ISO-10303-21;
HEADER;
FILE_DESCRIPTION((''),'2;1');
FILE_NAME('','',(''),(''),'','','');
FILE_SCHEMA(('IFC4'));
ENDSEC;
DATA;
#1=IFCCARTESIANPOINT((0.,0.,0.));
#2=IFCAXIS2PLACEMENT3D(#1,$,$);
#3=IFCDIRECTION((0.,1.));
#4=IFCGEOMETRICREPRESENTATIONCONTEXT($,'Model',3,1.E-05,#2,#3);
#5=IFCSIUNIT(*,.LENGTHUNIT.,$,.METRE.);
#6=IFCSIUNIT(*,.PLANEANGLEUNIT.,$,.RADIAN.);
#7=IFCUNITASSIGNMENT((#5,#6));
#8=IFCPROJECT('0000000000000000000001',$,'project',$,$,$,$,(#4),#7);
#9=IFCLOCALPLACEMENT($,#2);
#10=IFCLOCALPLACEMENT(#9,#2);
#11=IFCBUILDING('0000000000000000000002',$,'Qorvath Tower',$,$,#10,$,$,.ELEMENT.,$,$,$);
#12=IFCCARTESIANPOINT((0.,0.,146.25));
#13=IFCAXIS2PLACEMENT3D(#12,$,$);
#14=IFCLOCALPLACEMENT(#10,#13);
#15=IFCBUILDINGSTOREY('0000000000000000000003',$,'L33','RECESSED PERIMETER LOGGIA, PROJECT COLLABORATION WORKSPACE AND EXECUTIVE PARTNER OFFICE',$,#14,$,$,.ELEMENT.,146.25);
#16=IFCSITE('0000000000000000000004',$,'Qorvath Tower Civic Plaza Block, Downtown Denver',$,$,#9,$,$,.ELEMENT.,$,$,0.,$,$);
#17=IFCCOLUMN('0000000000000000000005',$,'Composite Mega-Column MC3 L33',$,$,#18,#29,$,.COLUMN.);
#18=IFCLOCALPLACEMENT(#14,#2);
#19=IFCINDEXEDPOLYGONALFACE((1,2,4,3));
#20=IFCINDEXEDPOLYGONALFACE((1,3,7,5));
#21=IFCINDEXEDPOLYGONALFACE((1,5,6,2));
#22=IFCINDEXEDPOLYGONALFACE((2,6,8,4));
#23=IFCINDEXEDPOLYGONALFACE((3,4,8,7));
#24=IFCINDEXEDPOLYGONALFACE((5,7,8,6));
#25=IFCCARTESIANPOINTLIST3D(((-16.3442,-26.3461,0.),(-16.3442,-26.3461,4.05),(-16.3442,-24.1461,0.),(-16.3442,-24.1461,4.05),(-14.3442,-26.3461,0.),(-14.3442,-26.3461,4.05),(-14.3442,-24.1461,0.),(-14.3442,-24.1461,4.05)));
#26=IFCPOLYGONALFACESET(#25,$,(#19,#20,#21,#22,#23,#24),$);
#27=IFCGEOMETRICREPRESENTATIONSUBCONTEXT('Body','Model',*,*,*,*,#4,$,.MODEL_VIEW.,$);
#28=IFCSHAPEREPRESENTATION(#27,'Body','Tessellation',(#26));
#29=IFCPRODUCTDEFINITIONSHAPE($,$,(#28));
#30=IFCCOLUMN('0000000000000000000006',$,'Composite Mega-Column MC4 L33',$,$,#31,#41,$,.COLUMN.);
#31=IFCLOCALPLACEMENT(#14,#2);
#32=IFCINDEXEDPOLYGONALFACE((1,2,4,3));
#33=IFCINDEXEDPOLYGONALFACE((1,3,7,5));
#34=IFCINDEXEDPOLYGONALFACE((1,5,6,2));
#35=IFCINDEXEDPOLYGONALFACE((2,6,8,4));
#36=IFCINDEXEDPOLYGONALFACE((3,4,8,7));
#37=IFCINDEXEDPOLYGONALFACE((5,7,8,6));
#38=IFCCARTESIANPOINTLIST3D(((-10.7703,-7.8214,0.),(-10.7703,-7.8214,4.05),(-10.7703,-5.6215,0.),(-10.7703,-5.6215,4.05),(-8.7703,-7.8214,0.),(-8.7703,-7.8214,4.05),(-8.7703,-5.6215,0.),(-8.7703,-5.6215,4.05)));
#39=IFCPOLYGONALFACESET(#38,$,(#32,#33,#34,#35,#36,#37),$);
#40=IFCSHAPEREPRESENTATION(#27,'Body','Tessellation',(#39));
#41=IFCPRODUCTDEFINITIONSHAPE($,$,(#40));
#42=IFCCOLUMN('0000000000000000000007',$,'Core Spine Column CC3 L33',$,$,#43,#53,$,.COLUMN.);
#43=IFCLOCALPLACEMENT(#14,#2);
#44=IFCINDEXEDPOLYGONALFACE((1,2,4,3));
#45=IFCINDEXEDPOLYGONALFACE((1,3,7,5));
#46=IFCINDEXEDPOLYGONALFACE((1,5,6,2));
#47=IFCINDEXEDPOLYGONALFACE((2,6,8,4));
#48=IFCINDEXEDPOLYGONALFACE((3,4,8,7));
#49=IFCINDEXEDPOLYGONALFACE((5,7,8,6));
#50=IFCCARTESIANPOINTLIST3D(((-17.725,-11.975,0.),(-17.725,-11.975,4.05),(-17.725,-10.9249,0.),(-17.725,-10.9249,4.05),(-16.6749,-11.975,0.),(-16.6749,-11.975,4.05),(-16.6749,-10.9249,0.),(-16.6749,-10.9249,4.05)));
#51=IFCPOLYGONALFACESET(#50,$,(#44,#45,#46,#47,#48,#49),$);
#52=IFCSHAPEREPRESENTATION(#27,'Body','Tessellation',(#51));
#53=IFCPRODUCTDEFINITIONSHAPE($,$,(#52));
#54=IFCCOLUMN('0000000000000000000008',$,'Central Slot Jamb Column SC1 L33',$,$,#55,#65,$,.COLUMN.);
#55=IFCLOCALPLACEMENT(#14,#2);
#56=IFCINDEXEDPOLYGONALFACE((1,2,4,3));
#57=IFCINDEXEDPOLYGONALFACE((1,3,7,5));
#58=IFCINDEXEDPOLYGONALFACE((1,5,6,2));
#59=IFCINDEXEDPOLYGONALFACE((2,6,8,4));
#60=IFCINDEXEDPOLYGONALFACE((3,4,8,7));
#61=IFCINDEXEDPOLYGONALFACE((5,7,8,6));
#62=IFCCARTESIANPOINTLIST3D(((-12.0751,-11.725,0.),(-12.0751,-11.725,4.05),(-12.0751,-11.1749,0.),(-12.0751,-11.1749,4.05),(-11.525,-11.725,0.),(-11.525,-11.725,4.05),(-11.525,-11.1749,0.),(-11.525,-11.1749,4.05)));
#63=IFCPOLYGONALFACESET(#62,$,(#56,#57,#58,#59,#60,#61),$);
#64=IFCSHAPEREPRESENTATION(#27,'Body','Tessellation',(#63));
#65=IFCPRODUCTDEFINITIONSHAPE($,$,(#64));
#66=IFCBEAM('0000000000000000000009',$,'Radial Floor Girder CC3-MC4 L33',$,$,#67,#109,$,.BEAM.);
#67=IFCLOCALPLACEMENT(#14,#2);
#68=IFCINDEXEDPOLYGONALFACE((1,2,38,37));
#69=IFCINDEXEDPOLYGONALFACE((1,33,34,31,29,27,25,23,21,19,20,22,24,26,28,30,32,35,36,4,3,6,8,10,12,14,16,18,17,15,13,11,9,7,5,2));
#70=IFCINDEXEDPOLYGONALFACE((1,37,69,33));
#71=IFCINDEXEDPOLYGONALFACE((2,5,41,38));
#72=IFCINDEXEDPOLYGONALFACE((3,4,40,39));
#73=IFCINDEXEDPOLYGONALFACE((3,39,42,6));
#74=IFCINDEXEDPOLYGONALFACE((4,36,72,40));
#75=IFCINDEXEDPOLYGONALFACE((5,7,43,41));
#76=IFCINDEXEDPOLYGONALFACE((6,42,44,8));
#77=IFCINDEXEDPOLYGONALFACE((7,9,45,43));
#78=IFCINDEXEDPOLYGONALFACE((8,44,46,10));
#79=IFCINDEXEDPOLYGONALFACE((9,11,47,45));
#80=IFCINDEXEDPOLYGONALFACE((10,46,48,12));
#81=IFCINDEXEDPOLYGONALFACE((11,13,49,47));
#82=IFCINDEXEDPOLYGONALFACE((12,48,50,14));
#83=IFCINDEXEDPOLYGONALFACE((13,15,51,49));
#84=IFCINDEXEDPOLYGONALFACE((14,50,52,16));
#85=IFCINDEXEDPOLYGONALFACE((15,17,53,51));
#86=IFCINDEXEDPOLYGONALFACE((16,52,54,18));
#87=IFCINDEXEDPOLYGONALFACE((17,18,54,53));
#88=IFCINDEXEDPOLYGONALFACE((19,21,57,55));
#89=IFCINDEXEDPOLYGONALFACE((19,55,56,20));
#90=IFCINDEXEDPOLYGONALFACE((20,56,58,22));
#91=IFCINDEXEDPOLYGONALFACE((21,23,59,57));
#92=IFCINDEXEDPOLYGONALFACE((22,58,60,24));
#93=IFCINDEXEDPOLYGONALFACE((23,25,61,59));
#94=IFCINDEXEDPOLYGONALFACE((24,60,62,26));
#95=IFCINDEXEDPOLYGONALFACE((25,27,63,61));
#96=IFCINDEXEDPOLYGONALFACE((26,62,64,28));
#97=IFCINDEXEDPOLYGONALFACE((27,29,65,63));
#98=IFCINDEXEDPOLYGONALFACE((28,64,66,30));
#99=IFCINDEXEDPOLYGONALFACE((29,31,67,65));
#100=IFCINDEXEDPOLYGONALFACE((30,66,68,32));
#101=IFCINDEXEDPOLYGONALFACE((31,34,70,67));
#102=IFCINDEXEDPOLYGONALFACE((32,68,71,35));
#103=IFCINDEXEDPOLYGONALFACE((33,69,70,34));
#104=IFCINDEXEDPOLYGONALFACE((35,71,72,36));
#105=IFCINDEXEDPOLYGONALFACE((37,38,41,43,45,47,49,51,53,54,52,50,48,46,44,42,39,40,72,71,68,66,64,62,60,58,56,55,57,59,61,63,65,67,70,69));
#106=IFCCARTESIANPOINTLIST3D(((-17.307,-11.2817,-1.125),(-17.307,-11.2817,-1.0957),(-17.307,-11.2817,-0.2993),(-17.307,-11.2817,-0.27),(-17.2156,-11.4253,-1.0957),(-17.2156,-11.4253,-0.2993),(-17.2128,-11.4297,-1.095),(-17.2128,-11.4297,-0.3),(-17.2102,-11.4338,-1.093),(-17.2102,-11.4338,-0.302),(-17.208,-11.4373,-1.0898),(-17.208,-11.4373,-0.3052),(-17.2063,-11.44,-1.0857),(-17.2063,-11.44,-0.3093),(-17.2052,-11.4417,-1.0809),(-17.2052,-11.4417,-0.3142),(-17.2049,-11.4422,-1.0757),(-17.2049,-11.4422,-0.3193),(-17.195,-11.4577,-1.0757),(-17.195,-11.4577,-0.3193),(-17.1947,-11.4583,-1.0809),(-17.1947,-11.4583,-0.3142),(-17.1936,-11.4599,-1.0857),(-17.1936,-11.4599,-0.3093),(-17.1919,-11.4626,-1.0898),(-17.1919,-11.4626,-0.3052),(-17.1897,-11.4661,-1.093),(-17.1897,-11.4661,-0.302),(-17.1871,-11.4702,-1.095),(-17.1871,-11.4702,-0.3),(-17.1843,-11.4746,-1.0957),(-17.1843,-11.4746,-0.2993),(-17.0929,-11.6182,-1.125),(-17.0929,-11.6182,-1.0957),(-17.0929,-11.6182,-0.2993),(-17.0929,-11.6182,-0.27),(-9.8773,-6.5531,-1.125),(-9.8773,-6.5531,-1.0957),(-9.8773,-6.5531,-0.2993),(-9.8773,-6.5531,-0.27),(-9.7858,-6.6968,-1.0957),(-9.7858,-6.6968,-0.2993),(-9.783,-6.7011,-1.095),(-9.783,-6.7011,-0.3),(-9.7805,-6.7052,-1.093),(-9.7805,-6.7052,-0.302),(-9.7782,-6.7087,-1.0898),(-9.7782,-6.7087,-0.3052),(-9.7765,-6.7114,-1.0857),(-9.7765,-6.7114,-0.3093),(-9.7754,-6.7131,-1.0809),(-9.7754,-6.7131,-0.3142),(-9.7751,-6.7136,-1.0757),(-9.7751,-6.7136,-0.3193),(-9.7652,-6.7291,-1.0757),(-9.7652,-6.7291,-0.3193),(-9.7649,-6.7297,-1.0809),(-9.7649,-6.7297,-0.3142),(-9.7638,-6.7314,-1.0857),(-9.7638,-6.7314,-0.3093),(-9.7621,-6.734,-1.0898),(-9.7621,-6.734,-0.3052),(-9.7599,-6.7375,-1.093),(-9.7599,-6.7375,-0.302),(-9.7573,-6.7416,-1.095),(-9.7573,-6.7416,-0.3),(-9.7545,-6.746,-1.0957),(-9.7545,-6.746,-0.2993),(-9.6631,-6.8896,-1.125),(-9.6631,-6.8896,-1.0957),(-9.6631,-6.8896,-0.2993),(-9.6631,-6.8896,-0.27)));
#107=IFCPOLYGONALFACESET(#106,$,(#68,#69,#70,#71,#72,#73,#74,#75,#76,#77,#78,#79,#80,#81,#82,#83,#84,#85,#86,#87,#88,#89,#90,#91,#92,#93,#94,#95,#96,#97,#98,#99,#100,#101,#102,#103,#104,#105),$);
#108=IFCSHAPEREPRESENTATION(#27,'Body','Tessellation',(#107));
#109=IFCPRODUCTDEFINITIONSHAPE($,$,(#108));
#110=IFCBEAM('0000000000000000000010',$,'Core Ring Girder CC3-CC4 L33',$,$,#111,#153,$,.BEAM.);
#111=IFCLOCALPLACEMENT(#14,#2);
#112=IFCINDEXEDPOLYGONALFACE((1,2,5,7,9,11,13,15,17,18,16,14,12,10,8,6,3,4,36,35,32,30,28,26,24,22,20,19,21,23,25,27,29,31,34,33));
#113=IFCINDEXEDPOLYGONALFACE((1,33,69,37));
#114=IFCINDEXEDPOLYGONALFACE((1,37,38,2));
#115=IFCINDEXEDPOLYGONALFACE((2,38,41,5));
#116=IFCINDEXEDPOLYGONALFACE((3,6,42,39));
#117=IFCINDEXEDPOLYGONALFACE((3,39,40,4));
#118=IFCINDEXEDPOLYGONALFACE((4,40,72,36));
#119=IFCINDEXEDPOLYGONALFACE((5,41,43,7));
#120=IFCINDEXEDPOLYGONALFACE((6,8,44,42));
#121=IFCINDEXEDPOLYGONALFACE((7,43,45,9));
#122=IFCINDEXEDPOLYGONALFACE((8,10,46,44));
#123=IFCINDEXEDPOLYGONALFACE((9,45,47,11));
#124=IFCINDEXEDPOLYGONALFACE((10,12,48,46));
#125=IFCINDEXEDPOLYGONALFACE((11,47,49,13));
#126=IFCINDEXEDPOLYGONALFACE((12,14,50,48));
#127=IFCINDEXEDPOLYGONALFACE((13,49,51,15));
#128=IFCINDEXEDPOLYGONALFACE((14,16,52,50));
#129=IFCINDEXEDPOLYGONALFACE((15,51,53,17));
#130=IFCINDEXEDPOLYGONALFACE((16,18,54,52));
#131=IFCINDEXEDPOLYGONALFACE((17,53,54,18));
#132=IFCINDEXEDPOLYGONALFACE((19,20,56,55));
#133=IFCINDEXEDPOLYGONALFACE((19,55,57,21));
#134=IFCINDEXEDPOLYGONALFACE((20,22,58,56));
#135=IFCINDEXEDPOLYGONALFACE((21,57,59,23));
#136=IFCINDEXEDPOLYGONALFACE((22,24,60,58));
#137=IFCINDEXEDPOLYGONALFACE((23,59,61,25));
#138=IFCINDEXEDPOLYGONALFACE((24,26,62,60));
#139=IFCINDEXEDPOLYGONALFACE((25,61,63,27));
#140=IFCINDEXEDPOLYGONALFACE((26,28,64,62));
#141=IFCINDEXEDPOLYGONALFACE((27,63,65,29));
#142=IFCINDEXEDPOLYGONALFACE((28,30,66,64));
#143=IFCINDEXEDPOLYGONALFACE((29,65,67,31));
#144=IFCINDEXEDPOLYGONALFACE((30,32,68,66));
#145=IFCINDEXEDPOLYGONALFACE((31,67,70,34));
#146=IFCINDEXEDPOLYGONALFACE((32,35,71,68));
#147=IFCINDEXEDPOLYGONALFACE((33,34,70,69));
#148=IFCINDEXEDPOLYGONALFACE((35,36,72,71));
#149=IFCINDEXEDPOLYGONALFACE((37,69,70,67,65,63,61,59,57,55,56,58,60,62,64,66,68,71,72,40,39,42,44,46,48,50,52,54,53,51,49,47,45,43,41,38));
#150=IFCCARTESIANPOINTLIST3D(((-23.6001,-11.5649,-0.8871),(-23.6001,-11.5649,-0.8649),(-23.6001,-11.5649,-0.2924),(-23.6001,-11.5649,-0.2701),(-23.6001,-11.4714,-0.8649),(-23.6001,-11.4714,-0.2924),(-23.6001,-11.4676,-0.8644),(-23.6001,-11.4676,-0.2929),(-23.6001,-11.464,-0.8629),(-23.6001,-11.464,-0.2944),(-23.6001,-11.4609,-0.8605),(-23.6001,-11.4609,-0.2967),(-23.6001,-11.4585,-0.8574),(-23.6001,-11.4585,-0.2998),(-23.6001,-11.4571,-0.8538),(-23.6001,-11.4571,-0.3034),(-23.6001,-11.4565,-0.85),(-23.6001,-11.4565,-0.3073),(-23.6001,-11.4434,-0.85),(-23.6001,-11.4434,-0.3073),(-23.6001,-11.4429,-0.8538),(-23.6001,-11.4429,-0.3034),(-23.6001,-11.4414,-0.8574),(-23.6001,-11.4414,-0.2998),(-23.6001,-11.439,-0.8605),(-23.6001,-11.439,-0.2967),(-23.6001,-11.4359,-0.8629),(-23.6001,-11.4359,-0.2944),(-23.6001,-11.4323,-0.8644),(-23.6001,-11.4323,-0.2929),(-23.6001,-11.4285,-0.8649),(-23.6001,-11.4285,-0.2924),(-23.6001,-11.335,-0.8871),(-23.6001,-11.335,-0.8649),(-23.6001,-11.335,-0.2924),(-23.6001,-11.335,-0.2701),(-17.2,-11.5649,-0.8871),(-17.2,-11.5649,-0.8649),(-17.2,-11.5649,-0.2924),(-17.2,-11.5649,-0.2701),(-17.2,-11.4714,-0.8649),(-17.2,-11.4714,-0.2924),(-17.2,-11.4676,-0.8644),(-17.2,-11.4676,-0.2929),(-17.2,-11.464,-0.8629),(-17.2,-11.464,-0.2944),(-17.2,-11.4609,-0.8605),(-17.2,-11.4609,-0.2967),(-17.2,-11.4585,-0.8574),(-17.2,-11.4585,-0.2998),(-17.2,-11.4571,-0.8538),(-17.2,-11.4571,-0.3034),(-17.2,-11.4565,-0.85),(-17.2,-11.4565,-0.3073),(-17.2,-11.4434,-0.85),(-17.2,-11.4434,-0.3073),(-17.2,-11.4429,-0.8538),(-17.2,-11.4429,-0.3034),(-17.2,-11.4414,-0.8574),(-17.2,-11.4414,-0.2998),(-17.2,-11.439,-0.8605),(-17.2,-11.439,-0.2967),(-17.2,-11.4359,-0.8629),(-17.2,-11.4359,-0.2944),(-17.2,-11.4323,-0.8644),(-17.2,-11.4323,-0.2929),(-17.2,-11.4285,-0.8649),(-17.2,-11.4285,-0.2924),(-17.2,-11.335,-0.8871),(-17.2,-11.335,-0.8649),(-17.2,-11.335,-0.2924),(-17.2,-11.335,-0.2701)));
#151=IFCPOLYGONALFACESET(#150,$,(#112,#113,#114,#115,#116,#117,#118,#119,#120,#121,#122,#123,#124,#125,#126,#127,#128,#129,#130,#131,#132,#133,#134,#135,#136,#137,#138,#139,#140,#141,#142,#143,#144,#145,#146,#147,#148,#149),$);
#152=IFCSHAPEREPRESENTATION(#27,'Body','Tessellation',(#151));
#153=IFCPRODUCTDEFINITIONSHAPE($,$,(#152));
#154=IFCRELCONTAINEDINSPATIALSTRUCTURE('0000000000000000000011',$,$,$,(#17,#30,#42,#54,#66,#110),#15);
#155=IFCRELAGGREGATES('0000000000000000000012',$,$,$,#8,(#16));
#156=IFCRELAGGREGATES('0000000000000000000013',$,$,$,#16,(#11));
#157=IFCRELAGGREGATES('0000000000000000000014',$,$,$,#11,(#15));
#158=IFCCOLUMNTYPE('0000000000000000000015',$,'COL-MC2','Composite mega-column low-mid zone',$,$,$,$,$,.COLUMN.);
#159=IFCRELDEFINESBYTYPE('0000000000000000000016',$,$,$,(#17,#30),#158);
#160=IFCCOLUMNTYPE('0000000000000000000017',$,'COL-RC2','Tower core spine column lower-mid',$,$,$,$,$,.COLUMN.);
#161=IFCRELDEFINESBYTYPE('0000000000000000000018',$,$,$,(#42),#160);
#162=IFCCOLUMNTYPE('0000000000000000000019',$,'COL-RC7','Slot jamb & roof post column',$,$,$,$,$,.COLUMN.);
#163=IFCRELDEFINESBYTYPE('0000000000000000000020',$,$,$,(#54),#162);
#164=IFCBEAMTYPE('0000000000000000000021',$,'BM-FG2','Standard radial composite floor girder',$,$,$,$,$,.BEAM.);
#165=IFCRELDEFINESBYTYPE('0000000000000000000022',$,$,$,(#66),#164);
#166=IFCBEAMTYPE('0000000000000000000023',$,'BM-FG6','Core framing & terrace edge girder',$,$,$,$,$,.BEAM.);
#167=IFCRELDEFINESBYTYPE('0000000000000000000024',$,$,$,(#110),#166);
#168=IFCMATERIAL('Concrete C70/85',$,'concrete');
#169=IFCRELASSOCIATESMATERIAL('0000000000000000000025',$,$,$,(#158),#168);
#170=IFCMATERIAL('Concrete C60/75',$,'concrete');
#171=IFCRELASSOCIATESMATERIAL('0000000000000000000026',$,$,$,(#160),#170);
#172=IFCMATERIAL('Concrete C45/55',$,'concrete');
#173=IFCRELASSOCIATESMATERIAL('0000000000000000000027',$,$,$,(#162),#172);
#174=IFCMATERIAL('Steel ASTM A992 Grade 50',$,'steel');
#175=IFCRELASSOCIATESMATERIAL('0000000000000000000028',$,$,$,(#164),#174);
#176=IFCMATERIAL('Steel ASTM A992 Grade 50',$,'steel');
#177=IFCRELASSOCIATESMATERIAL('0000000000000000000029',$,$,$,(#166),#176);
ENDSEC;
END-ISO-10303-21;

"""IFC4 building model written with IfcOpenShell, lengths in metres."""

from ifc_helpers import new_model, si_unit, direction, frame, origin, origin_2d, place, context, subcontext, project, spatial, rectangle, i_section, extrude, material, material_profile, profile_set, type_object, element, save


model = new_model("IFC4")

# Units and contexts
model_context = context("Model", 3, precision=1e-05, world=origin(), true_north=direction((0.0, 1.0)))
body_context = subcontext(model_context, "Body", "Model", "MODEL_VIEW")
ifc_project = project(units=[si_unit("LENGTHUNIT", "METRE"), si_unit("PLANEANGLEUNIT", "RADIAN")], contexts=[model_context])

# Site, building, storey
site_placement = place(None, origin())
site = spatial("IfcSite", under=ifc_project, at=site_placement, Name="Qorvath Tower Civic Plaza Block, Downtown Denver", CompositionType="ELEMENT", RefElevation=0.0)
building_placement = place(site_placement, origin())
building = spatial("IfcBuilding", under=site, at=building_placement, Name="Qorvath Tower", CompositionType="ELEMENT")
storey_placement = place(building_placement, frame((0.0, 0.0, 146.25)))
storey = spatial("IfcBuildingStorey", under=building, at=storey_placement, Name="L33", Description="RECESSED PERIMETER LOGGIA, PROJECT COLLABORATION WORKSPACE AND EXECUTIVE PARTNER OFFICE", CompositionType="ELEMENT", Elevation=146.25)

# Columns
ifc_material_1 = material(Name="Concrete C70/85", Category="concrete")
ifc_material_profile_1 = material_profile(ifc_material_1, rectangle(XDim=2.0, YDim=2.2, at=origin_2d()), Name="MC 2200x2000")
ifc_profile_set_1 = profile_set([ifc_material_profile_1], Name="Concrete C70/85")
column_type_1 = type_object("IfcColumnType", Name="COL-MC2", Description="Composite mega-column low-mid zone", PredefinedType="COLUMN", material=ifc_profile_set_1)
for number, where, z_axis, x_axis, name in (
    (1, (-15.3442, -25.2461, 0.0), (0.0, 0.0, 1.0), (1.0, 0.0, 0.0), "Composite Mega-Column MC3 L33"),
    (2, (-9.7703, -6.7214, 0.0), (0.0, 0.0, 1.0), (1.0, 0.0, 0.0), "Composite Mega-Column MC4 L33"),
):
    element("IfcColumn", number, at=place(storey_placement, frame(where, z_axis=z_axis, x_axis=x_axis)), inside=storey, type_object=column_type_1, Name=name, PredefinedType="COLUMN", context=body_context, shape_type="SweptSolid", body=[
        extrude(rectangle(XDim=2.0, YDim=2.2, at=origin_2d()), origin(), (0.0, 0.0, 1.0), 4.05),
    ])
ifc_material_2 = material(Name="Concrete C60/75", Category="concrete")
ifc_material_profile_2 = material_profile(ifc_material_2, rectangle(XDim=1.05, YDim=1.05, at=origin_2d()), Name="RC 1050x1050")
ifc_profile_set_2 = profile_set([ifc_material_profile_2], Name="Concrete C60/75")
column_type_2 = type_object("IfcColumnType", Name="COL-RC2", Description="Tower core spine column lower-mid", PredefinedType="COLUMN", material=ifc_profile_set_2)
column_1_placement = place(storey_placement, frame((-17.2, -11.45, 0.0), z_axis=(0.0, 0.0, 1.0), x_axis=(1.0, 0.0, 0.0)))
element("IfcColumn", 3, at=column_1_placement, inside=storey, type_object=column_type_2, Name="Core Spine Column CC3 L33", PredefinedType="COLUMN", context=body_context, shape_type="SweptSolid", body=[
    extrude(rectangle(XDim=1.05, YDim=1.05, at=origin_2d()), origin(), (0.0, 0.0, 1.0), 4.05),
])
ifc_material_3 = material(Name="Concrete C45/55", Category="concrete")
ifc_material_profile_3 = material_profile(ifc_material_3, rectangle(XDim=0.55, YDim=0.55, at=origin_2d()), Name="RC 550x550")
ifc_profile_set_3 = profile_set([ifc_material_profile_3], Name="Concrete C45/55")
column_type_3 = type_object("IfcColumnType", Name="COL-RC7", Description="Slot jamb & roof post column", PredefinedType="COLUMN", material=ifc_profile_set_3)
column_2_placement = place(storey_placement, frame((-11.8, -11.45, 0.0), z_axis=(0.0, 0.0, 1.0), x_axis=(1.0, 0.0, 0.0)))
element("IfcColumn", 4, at=column_2_placement, inside=storey, type_object=column_type_3, Name="Central Slot Jamb Column SC1 L33", PredefinedType="COLUMN", context=body_context, shape_type="SweptSolid", body=[
    extrude(rectangle(XDim=0.55, YDim=0.55, at=origin_2d()), origin(), (0.0, 0.0, 1.0), 4.05),
])

# Beams
ifc_material_4 = material(Name="Steel ASTM A992 Grade 50", Category="steel")
ifc_material_profile_4 = material_profile(ifc_material_4, i_section(OverallWidth=0.3989, OverallDepth=0.855, WebThickness=0.0183, FlangeThickness=0.0293, FilletRadius=0.02, at=origin_2d()), Name="W33x201")
ifc_profile_set_4 = profile_set([ifc_material_profile_4], Name="Steel ASTM A992 Grade 50")
beam_type_1 = type_object("IfcBeamType", Name="BM-FG2", Description="Standard radial composite floor girder", PredefinedType="BEAM", material=ifc_profile_set_4)
beam_1_placement = place(storey_placement, frame((-17.2, -11.45, -0.6975), z_axis=(0.843634, 0.536919, 0.0), x_axis=(-0.536919, 0.843634, 0.0)))
element("IfcBeam", 5, at=beam_1_placement, inside=storey, type_object=beam_type_1, Name="Radial Floor Girder CC3-MC4 L33", PredefinedType="BEAM", context=body_context, shape_type="SweptSolid", body=[
    extrude(i_section(OverallWidth=0.3989, OverallDepth=0.855, WebThickness=0.0183, FlangeThickness=0.0293, FilletRadius=0.02, at=origin_2d()), origin(), (0.0, 0.0, 1.0), 8.8069),
])
ifc_material_5 = material(Name="Steel ASTM A992 Grade 50", Category="steel")
ifc_material_profile_5 = material_profile(ifc_material_5, i_section(OverallWidth=0.23, OverallDepth=0.6169, WebThickness=0.0132, FlangeThickness=0.0222, FilletRadius=0.0149, at=origin_2d()), Name="W24x94")
ifc_profile_set_5 = profile_set([ifc_material_profile_5], Name="Steel ASTM A992 Grade 50")
beam_type_2 = type_object("IfcBeamType", Name="BM-FG6", Description="Core framing & terrace edge girder", PredefinedType="BEAM", material=ifc_profile_set_5)
beam_2_placement = place(storey_placement, frame((-17.2, -11.45, -0.5786), z_axis=(-1.0, 0.0, 0.0), x_axis=(0.0, -1.0, 0.0)))
element("IfcBeam", 6, at=beam_2_placement, inside=storey, type_object=beam_type_2, Name="Core Ring Girder CC3-CC4 L33", PredefinedType="BEAM", context=body_context, shape_type="SweptSolid", body=[
    extrude(i_section(OverallWidth=0.23, OverallDepth=0.6169, WebThickness=0.0132, FlangeThickness=0.0222, FilletRadius=0.0149, at=origin_2d()), origin(), (0.0, 0.0, 1.0), 6.4001),
])

save(model, "model.ifc")
